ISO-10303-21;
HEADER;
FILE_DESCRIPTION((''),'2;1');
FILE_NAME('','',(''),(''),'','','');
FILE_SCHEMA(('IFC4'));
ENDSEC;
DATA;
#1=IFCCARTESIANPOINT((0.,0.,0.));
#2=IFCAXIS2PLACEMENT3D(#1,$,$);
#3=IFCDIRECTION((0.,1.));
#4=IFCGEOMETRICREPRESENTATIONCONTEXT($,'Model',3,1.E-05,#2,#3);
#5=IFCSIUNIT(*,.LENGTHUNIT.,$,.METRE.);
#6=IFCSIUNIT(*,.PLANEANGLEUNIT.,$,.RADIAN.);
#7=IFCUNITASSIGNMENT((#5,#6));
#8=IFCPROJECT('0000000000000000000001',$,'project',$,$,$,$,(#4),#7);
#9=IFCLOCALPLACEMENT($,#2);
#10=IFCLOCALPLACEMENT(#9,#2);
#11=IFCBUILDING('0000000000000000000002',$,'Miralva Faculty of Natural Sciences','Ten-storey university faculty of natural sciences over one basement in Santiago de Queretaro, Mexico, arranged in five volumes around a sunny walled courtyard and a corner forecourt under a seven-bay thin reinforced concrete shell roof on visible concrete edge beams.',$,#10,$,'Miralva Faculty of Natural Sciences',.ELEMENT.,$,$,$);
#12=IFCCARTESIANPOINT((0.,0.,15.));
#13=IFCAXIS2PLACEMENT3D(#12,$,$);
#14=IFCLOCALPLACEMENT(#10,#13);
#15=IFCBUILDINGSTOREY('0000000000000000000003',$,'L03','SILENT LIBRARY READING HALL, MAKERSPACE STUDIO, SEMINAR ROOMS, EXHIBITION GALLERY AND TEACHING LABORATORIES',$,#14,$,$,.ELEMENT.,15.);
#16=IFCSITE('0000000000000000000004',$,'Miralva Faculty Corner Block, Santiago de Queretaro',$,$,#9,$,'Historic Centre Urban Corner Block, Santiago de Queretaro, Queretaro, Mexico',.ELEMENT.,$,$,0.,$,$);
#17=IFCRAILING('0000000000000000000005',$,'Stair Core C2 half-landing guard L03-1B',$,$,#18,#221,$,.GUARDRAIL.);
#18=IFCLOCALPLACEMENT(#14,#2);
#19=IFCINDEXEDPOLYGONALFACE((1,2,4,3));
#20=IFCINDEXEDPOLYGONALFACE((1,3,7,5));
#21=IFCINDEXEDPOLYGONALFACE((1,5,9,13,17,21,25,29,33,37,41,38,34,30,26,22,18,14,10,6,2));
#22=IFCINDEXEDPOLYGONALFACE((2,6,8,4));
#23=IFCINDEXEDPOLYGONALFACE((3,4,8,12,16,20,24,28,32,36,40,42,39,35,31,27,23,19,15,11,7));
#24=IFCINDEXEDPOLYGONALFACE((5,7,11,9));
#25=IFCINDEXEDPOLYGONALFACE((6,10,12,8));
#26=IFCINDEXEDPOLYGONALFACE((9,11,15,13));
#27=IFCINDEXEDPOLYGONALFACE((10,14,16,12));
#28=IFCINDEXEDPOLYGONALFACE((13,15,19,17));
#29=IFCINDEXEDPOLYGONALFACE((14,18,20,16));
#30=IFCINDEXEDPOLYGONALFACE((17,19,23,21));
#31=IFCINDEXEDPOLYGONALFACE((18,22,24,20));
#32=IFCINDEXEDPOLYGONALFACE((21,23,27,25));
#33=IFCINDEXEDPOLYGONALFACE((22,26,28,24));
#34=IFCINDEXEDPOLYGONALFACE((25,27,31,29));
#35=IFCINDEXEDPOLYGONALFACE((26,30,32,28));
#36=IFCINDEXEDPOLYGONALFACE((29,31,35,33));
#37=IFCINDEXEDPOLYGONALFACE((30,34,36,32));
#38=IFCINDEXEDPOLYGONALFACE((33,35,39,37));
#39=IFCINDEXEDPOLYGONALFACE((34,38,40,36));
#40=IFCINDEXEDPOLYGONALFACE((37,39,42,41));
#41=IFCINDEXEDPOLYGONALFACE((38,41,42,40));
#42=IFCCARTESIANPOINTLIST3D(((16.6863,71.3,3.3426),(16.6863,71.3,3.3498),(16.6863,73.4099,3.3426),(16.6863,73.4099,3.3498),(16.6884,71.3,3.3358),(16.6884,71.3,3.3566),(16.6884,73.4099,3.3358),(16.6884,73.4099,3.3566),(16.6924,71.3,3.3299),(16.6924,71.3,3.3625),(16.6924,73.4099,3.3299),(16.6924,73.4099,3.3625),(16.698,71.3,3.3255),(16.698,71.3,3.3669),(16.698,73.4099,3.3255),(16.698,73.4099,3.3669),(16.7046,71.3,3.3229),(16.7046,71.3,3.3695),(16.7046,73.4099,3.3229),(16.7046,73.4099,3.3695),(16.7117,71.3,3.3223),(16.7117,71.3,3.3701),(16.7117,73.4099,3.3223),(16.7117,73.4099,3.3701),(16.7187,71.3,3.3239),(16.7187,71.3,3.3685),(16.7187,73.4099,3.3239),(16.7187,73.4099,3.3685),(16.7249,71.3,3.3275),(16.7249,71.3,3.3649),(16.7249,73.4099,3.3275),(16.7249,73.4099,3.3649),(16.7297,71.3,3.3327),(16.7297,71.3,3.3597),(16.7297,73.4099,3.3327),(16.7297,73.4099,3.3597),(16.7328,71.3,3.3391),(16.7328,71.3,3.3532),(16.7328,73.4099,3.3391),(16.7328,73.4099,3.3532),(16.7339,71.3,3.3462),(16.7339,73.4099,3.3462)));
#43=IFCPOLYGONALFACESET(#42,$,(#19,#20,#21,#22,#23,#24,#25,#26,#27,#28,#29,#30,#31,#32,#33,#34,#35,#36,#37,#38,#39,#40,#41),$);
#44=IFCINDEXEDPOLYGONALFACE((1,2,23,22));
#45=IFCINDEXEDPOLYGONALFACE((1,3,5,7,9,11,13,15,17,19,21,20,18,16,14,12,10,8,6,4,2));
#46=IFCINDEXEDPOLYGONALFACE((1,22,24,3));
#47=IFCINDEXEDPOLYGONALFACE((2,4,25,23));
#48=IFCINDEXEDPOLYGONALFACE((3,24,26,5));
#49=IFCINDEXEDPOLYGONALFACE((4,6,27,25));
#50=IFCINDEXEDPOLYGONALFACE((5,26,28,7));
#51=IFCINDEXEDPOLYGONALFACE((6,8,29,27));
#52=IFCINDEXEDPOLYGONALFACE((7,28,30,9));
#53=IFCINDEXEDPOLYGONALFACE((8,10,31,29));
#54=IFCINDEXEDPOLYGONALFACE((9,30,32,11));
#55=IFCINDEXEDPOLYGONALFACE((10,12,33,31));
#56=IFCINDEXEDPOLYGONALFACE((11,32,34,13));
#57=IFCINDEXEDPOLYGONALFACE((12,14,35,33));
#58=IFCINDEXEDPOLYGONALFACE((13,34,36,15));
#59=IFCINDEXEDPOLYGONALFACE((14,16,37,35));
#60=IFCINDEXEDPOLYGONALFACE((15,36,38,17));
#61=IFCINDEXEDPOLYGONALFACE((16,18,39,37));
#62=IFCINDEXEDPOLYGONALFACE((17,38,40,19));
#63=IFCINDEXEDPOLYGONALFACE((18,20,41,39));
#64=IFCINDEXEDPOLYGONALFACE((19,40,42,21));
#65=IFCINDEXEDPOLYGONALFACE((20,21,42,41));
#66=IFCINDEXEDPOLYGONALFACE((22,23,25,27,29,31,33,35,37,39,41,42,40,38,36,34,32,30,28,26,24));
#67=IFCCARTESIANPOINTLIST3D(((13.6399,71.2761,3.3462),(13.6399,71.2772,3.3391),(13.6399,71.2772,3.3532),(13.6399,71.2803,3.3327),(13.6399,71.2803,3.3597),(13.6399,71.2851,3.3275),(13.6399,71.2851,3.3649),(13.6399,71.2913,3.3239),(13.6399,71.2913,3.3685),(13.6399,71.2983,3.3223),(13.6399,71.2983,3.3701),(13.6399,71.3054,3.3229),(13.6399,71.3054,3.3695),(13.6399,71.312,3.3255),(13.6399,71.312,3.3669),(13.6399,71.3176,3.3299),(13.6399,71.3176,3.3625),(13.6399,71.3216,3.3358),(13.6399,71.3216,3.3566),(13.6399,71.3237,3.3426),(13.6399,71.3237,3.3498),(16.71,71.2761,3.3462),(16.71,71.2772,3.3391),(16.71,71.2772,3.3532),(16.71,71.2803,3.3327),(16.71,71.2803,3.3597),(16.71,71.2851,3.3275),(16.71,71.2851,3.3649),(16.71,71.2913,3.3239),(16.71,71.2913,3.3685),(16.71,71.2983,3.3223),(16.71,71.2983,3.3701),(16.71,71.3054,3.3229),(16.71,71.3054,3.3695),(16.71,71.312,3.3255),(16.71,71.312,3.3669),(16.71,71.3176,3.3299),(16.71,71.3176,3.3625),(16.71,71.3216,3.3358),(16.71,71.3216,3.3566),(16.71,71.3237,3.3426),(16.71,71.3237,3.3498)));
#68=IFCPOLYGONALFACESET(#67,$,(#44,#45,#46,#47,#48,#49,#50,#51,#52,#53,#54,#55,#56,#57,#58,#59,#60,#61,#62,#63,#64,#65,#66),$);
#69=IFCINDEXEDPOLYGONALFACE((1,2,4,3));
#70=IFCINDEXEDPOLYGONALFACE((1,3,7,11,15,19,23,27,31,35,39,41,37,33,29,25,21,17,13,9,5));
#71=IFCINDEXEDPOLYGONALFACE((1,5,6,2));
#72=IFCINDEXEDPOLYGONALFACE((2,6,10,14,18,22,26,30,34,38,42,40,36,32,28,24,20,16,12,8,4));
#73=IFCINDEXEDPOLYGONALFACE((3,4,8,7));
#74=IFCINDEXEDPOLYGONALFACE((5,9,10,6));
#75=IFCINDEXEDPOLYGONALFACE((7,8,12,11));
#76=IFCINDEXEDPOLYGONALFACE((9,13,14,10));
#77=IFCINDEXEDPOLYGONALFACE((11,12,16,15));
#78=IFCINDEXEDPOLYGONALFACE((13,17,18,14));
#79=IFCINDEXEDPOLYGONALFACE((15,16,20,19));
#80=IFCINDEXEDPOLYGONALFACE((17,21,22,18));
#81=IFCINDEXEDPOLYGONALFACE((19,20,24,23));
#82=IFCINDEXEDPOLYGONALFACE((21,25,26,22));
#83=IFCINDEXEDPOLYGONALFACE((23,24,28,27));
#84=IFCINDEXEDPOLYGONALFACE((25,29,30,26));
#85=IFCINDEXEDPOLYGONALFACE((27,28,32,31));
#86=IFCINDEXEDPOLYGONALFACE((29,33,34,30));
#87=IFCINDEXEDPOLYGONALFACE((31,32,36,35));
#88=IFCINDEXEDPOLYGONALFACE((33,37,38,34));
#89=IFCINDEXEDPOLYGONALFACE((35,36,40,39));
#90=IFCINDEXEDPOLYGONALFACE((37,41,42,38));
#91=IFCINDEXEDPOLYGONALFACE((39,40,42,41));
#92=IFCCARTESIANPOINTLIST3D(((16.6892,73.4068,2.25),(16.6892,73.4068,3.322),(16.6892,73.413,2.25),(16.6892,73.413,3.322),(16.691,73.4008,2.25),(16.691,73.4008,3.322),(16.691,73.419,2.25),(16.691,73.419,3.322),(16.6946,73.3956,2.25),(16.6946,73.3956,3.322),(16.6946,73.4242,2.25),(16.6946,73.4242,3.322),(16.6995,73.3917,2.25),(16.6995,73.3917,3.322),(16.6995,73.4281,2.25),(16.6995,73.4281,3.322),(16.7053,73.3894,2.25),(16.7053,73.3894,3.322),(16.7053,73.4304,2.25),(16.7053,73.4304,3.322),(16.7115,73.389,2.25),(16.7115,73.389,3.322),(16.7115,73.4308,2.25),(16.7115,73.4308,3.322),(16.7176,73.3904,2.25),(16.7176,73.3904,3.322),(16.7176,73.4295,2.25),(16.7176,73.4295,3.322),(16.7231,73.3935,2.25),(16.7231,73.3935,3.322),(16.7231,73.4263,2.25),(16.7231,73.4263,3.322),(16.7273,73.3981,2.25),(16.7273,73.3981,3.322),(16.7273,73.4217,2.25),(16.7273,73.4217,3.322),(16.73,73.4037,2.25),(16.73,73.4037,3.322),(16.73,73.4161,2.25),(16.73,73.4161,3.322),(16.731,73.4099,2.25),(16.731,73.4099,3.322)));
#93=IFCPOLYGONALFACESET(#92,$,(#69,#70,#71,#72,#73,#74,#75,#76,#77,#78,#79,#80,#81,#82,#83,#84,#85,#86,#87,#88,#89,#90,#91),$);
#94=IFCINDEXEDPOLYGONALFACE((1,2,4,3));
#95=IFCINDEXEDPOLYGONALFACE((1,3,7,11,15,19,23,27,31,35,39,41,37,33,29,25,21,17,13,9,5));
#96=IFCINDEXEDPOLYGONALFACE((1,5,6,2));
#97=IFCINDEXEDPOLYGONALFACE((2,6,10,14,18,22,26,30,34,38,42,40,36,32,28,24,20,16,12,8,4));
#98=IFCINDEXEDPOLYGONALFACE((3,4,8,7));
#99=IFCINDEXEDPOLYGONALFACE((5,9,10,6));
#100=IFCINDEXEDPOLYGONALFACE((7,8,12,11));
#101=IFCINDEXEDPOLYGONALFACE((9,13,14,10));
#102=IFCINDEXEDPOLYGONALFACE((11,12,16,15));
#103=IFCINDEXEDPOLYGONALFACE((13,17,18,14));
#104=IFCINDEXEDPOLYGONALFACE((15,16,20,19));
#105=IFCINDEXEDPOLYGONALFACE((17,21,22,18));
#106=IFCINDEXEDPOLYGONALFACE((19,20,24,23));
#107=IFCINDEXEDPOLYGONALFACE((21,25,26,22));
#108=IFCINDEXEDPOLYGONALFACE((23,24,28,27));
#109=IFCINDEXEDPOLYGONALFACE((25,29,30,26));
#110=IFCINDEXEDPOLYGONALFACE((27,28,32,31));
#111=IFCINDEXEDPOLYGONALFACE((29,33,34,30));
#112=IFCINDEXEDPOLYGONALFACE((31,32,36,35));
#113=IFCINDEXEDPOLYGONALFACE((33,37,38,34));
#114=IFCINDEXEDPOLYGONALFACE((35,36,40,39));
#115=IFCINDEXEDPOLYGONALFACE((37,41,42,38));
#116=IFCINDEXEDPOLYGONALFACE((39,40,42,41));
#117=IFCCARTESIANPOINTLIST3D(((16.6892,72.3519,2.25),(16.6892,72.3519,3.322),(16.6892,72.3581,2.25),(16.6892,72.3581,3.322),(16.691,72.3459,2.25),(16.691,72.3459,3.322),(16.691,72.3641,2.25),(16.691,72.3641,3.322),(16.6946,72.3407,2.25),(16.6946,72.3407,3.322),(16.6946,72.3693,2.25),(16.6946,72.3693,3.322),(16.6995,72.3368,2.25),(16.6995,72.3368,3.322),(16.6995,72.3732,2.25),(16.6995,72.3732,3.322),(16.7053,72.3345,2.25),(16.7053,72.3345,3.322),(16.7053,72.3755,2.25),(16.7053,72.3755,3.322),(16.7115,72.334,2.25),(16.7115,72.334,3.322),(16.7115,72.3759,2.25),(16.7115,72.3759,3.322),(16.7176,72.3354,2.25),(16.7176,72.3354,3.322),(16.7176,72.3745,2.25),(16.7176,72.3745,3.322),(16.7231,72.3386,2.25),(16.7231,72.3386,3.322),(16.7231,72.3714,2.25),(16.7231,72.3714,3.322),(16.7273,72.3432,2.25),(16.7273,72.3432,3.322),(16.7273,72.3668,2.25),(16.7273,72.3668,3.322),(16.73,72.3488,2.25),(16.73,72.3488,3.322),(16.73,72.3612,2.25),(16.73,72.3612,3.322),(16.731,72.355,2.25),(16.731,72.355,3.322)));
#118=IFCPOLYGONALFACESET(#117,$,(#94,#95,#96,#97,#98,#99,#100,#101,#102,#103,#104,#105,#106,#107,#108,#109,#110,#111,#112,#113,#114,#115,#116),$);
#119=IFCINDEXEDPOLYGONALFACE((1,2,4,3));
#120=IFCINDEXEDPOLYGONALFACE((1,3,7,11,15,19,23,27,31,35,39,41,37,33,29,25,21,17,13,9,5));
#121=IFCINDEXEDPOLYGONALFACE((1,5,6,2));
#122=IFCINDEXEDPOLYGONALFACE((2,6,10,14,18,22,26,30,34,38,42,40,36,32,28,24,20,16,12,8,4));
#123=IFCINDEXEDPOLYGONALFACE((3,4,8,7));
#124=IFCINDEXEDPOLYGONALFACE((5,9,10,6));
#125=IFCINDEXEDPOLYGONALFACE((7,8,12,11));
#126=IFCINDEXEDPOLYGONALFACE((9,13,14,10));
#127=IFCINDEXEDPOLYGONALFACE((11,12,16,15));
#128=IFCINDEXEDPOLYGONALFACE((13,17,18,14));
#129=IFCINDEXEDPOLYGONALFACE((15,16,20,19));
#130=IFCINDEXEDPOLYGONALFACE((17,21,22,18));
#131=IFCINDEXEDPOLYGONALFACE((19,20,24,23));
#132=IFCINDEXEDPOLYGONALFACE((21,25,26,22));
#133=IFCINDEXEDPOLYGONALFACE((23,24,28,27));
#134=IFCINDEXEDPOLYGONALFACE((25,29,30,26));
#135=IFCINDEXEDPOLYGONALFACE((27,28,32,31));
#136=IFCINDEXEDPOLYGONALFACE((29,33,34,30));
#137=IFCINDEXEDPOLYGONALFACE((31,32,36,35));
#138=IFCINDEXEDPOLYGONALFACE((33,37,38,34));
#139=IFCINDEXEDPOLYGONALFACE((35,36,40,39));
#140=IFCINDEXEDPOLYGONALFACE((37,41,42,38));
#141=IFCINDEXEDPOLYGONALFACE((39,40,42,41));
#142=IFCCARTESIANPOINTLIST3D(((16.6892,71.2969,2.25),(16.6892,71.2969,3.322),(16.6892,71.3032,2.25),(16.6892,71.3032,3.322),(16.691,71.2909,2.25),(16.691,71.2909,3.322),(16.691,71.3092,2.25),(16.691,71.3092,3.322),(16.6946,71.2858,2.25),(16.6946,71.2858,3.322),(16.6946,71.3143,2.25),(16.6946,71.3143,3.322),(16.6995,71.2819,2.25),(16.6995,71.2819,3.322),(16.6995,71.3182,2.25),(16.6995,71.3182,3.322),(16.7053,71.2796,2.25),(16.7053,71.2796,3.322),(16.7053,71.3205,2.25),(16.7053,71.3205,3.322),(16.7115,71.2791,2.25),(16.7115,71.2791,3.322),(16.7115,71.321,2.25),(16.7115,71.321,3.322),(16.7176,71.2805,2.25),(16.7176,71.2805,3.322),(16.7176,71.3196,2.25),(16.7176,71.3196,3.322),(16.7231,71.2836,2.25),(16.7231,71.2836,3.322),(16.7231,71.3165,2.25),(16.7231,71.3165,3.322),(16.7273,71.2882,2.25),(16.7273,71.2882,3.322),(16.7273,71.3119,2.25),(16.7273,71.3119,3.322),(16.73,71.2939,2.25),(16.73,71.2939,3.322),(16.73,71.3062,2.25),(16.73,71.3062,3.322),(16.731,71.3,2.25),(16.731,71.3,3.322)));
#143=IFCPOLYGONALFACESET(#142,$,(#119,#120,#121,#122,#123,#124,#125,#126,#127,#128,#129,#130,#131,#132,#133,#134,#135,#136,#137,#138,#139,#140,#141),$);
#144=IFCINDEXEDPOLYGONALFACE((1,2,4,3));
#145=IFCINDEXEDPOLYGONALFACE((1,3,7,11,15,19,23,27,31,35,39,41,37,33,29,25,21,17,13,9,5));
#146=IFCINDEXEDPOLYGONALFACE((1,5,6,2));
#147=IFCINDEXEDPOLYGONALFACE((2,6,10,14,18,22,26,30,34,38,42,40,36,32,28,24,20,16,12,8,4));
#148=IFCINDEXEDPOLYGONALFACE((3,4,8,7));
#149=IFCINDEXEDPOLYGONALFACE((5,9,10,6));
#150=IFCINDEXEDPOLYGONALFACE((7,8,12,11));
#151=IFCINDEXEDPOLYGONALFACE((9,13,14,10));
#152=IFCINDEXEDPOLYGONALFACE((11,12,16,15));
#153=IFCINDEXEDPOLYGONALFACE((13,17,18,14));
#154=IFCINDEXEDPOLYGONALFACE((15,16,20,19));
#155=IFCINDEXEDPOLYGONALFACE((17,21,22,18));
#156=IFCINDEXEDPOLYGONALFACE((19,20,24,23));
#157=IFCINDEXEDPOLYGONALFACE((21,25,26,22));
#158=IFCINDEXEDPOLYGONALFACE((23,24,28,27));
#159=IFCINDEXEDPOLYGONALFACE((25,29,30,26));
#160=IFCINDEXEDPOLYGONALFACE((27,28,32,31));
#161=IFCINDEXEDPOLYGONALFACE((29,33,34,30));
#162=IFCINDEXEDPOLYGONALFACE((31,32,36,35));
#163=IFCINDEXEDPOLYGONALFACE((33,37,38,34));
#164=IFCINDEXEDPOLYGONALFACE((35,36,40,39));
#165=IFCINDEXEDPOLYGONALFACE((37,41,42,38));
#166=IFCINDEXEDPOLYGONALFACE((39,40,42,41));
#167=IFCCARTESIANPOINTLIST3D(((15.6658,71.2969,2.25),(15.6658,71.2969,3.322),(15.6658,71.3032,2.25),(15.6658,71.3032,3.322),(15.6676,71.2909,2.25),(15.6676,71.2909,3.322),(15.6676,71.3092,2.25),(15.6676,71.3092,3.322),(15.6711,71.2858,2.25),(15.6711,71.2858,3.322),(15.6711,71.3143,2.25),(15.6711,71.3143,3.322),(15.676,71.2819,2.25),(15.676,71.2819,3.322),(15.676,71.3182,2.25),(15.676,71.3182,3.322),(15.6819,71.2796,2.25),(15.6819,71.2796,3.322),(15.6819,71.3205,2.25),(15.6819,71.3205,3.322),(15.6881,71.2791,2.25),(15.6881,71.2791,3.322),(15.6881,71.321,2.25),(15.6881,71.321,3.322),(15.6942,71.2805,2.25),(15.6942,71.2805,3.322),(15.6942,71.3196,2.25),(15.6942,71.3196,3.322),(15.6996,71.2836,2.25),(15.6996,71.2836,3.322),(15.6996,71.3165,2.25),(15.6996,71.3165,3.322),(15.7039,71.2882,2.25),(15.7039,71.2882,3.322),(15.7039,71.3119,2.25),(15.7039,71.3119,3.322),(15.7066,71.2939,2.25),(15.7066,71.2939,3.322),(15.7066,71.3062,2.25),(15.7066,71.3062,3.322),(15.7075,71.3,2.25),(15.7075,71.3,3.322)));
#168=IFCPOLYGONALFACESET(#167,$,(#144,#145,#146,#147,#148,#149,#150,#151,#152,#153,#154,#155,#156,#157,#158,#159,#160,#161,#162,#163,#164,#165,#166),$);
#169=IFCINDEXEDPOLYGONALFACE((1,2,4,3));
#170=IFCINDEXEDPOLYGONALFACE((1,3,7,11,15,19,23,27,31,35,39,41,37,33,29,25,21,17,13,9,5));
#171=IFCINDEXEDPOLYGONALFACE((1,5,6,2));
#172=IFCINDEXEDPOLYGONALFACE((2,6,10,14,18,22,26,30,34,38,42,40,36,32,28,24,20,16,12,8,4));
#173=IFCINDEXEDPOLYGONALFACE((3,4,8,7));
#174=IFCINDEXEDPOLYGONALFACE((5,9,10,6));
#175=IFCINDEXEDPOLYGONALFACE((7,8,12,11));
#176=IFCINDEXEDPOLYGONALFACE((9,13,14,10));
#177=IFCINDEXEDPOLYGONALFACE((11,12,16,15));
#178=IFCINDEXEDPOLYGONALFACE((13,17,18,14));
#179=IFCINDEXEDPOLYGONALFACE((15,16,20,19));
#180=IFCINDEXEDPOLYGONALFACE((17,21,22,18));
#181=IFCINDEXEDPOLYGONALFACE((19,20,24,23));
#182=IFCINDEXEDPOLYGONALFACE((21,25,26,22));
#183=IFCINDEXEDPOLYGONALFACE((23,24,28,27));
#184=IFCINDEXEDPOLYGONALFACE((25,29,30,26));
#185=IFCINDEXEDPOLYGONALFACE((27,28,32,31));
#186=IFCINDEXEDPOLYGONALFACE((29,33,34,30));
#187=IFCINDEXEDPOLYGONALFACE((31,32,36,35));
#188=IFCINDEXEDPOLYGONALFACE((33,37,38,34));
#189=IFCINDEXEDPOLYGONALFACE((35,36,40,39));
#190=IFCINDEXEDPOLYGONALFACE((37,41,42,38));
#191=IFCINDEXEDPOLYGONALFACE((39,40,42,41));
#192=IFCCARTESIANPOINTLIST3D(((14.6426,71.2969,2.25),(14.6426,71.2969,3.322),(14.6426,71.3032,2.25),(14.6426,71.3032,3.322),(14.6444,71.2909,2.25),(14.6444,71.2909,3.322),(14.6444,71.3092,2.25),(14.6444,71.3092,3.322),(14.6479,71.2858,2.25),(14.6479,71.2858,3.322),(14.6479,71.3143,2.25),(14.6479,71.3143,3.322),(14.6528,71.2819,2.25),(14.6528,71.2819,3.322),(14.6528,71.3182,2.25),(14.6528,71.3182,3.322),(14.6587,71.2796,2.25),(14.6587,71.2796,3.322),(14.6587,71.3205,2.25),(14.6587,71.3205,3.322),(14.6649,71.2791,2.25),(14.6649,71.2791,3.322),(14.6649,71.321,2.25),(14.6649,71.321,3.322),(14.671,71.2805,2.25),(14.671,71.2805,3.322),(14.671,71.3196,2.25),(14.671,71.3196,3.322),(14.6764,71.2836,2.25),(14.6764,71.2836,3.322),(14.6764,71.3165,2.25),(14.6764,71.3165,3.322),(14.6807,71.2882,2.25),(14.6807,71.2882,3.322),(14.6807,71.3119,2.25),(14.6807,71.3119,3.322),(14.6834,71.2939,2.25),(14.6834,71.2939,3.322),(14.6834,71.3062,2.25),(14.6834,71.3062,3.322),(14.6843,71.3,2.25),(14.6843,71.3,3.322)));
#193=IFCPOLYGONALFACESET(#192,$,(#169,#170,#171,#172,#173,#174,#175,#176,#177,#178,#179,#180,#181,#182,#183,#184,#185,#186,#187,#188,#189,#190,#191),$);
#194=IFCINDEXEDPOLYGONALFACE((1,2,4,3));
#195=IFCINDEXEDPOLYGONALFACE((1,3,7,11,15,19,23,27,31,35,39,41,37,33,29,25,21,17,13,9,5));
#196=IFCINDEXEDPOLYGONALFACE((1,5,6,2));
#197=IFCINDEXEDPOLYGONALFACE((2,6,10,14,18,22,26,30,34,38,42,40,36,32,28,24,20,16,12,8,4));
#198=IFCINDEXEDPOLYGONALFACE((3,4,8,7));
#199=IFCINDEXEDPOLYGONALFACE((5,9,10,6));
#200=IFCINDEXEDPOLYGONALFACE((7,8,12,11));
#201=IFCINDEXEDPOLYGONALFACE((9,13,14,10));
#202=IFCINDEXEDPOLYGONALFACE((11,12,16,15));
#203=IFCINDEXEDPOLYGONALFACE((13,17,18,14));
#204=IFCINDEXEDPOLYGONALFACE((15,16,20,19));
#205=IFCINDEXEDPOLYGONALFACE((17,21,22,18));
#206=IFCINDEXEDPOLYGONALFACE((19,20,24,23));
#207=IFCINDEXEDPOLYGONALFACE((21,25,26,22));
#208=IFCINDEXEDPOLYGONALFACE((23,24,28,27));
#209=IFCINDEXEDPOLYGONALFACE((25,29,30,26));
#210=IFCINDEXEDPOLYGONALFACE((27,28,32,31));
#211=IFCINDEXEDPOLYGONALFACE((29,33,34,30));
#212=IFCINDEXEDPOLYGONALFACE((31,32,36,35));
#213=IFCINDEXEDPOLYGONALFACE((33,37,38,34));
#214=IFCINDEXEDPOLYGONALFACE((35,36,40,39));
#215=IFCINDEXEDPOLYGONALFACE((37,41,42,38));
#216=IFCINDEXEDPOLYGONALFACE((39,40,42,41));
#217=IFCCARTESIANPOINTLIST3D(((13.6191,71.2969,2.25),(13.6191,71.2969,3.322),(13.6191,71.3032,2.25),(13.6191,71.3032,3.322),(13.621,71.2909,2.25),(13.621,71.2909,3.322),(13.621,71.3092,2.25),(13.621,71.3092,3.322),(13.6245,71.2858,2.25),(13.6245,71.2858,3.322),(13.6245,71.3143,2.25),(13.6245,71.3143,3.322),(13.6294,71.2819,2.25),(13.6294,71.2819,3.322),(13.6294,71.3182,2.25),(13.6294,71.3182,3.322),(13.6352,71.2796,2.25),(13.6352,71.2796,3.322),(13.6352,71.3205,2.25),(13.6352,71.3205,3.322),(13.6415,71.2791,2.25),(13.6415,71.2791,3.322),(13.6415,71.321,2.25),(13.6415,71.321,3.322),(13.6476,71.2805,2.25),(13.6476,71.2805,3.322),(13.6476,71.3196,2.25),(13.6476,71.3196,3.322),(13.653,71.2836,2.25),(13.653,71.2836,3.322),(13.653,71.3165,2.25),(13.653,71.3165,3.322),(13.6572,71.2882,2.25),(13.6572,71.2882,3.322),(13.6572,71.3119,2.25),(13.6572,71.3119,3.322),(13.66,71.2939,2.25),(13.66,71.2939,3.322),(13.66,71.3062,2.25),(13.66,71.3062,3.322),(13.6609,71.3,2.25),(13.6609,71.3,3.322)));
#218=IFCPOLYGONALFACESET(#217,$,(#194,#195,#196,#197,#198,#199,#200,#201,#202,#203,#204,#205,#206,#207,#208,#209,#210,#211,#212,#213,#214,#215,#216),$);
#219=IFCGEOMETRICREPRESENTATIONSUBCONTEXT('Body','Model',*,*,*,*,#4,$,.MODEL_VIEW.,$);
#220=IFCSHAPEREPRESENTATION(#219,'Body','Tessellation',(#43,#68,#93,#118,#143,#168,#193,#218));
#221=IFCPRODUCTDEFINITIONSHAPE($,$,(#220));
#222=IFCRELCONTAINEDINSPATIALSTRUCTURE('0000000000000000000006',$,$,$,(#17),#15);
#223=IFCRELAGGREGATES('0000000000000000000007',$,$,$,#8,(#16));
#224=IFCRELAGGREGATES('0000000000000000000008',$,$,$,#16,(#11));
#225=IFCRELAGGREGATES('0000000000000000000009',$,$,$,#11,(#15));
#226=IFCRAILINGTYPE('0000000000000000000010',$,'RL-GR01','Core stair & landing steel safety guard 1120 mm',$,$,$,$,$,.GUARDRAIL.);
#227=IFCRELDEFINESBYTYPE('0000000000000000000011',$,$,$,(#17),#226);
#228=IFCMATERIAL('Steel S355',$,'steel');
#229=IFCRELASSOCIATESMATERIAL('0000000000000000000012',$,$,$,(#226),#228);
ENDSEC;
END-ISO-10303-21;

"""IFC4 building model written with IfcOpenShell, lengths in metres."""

from ifc_helpers import new_model, si_unit, direction, frame, origin, origin_2d, place, context, subcontext, project, spatial, circle, extrude, material, type_object, element, save


model = new_model("IFC4")

# Units and contexts
model_context = context("Model", 3, precision=1e-05, world=origin(), true_north=direction((0.0, 1.0)))
body_context = subcontext(model_context, "Body", "Model", "MODEL_VIEW")
ifc_project = project(units=[si_unit("LENGTHUNIT", "METRE"), si_unit("PLANEANGLEUNIT", "RADIAN")], contexts=[model_context])

# Site, building, storey
site_placement = place(None, origin())
site = spatial("IfcSite", under=ifc_project, at=site_placement, Name="Miralva Faculty Corner Block, Santiago de Queretaro", LongName="Historic Centre Urban Corner Block, Santiago de Queretaro, Queretaro, Mexico", CompositionType="ELEMENT", RefElevation=0.0)
building_placement = place(site_placement, origin())
building = spatial("IfcBuilding", under=site, at=building_placement, Name="Miralva Faculty of Natural Sciences", Description="Ten-storey university faculty of natural sciences over one basement in Santiago de Queretaro, Mexico, arranged in five volumes around a sunny walled courtyard and a corner forecourt under a seven-bay thin reinforced concrete shell roof on visible concrete edge beams.", LongName="Miralva Faculty of Natural Sciences", CompositionType="ELEMENT")
storey_placement = place(building_placement, frame((0.0, 0.0, 15.0)))
storey = spatial("IfcBuildingStorey", under=building, at=storey_placement, Name="L03", Description="SILENT LIBRARY READING HALL, MAKERSPACE STUDIO, SEMINAR ROOMS, EXHIBITION GALLERY AND TEACHING LABORATORIES", CompositionType="ELEMENT", Elevation=15.0)

# Railing
ifc_material_1 = material(Name="Steel S355", Category="steel")
railing_type = type_object("IfcRailingType", Name="RL-GR01", Description="Core stair & landing steel safety guard 1120 mm", PredefinedType="GUARDRAIL", material=ifc_material_1)
railing_placement = place(storey_placement, frame((16.71, 73.4099, 2.25)))
element("IfcRailing", 1, at=railing_placement, inside=storey, type_object=railing_type, Name="Stair Core C2 half-landing guard L03-1B", PredefinedType="GUARDRAIL", context=body_context, shape_type="SweptSolid", body=[
    extrude(circle(Radius=0.0239, at=origin_2d()), frame((0.0, 0.0, 1.0962), z_axis=(0.0, -1.0, 0.0), x_axis=(1.0, 0.0, 0.0)), (0.0, 0.0, 1.0), 2.1099),
    extrude(circle(Radius=0.0239, at=origin_2d()), frame((0.0, -2.1099, 1.0962), z_axis=(-1.0, 0.0, 0.0), x_axis=(0.0, -1.0, 0.0)), (0.0, 0.0, 1.0), 3.0701),
    extrude(circle(Radius=0.021, at=origin_2d()), origin(), (0.0, 0.0, 1.0), 1.072),
    extrude(circle(Radius=0.021, at=origin_2d()), frame((0.0, -1.0549, 0.0)), (0.0, 0.0, 1.0), 1.072),
    extrude(circle(Radius=0.021, at=origin_2d()), frame((0.0, -2.1099, 0.0)), (0.0, 0.0, 1.0), 1.072),
    extrude(circle(Radius=0.021, at=origin_2d()), frame((-1.0234, -2.1099, 0.0)), (0.0, 0.0, 1.0), 1.072),
    extrude(circle(Radius=0.021, at=origin_2d()), frame((-2.0466, -2.1099, 0.0)), (0.0, 0.0, 1.0), 1.072),
    extrude(circle(Radius=0.021, at=origin_2d()), frame((-3.0701, -2.1099, 0.0)), (0.0, 0.0, 1.0), 1.072),
])

save(model, "model.ifc")
